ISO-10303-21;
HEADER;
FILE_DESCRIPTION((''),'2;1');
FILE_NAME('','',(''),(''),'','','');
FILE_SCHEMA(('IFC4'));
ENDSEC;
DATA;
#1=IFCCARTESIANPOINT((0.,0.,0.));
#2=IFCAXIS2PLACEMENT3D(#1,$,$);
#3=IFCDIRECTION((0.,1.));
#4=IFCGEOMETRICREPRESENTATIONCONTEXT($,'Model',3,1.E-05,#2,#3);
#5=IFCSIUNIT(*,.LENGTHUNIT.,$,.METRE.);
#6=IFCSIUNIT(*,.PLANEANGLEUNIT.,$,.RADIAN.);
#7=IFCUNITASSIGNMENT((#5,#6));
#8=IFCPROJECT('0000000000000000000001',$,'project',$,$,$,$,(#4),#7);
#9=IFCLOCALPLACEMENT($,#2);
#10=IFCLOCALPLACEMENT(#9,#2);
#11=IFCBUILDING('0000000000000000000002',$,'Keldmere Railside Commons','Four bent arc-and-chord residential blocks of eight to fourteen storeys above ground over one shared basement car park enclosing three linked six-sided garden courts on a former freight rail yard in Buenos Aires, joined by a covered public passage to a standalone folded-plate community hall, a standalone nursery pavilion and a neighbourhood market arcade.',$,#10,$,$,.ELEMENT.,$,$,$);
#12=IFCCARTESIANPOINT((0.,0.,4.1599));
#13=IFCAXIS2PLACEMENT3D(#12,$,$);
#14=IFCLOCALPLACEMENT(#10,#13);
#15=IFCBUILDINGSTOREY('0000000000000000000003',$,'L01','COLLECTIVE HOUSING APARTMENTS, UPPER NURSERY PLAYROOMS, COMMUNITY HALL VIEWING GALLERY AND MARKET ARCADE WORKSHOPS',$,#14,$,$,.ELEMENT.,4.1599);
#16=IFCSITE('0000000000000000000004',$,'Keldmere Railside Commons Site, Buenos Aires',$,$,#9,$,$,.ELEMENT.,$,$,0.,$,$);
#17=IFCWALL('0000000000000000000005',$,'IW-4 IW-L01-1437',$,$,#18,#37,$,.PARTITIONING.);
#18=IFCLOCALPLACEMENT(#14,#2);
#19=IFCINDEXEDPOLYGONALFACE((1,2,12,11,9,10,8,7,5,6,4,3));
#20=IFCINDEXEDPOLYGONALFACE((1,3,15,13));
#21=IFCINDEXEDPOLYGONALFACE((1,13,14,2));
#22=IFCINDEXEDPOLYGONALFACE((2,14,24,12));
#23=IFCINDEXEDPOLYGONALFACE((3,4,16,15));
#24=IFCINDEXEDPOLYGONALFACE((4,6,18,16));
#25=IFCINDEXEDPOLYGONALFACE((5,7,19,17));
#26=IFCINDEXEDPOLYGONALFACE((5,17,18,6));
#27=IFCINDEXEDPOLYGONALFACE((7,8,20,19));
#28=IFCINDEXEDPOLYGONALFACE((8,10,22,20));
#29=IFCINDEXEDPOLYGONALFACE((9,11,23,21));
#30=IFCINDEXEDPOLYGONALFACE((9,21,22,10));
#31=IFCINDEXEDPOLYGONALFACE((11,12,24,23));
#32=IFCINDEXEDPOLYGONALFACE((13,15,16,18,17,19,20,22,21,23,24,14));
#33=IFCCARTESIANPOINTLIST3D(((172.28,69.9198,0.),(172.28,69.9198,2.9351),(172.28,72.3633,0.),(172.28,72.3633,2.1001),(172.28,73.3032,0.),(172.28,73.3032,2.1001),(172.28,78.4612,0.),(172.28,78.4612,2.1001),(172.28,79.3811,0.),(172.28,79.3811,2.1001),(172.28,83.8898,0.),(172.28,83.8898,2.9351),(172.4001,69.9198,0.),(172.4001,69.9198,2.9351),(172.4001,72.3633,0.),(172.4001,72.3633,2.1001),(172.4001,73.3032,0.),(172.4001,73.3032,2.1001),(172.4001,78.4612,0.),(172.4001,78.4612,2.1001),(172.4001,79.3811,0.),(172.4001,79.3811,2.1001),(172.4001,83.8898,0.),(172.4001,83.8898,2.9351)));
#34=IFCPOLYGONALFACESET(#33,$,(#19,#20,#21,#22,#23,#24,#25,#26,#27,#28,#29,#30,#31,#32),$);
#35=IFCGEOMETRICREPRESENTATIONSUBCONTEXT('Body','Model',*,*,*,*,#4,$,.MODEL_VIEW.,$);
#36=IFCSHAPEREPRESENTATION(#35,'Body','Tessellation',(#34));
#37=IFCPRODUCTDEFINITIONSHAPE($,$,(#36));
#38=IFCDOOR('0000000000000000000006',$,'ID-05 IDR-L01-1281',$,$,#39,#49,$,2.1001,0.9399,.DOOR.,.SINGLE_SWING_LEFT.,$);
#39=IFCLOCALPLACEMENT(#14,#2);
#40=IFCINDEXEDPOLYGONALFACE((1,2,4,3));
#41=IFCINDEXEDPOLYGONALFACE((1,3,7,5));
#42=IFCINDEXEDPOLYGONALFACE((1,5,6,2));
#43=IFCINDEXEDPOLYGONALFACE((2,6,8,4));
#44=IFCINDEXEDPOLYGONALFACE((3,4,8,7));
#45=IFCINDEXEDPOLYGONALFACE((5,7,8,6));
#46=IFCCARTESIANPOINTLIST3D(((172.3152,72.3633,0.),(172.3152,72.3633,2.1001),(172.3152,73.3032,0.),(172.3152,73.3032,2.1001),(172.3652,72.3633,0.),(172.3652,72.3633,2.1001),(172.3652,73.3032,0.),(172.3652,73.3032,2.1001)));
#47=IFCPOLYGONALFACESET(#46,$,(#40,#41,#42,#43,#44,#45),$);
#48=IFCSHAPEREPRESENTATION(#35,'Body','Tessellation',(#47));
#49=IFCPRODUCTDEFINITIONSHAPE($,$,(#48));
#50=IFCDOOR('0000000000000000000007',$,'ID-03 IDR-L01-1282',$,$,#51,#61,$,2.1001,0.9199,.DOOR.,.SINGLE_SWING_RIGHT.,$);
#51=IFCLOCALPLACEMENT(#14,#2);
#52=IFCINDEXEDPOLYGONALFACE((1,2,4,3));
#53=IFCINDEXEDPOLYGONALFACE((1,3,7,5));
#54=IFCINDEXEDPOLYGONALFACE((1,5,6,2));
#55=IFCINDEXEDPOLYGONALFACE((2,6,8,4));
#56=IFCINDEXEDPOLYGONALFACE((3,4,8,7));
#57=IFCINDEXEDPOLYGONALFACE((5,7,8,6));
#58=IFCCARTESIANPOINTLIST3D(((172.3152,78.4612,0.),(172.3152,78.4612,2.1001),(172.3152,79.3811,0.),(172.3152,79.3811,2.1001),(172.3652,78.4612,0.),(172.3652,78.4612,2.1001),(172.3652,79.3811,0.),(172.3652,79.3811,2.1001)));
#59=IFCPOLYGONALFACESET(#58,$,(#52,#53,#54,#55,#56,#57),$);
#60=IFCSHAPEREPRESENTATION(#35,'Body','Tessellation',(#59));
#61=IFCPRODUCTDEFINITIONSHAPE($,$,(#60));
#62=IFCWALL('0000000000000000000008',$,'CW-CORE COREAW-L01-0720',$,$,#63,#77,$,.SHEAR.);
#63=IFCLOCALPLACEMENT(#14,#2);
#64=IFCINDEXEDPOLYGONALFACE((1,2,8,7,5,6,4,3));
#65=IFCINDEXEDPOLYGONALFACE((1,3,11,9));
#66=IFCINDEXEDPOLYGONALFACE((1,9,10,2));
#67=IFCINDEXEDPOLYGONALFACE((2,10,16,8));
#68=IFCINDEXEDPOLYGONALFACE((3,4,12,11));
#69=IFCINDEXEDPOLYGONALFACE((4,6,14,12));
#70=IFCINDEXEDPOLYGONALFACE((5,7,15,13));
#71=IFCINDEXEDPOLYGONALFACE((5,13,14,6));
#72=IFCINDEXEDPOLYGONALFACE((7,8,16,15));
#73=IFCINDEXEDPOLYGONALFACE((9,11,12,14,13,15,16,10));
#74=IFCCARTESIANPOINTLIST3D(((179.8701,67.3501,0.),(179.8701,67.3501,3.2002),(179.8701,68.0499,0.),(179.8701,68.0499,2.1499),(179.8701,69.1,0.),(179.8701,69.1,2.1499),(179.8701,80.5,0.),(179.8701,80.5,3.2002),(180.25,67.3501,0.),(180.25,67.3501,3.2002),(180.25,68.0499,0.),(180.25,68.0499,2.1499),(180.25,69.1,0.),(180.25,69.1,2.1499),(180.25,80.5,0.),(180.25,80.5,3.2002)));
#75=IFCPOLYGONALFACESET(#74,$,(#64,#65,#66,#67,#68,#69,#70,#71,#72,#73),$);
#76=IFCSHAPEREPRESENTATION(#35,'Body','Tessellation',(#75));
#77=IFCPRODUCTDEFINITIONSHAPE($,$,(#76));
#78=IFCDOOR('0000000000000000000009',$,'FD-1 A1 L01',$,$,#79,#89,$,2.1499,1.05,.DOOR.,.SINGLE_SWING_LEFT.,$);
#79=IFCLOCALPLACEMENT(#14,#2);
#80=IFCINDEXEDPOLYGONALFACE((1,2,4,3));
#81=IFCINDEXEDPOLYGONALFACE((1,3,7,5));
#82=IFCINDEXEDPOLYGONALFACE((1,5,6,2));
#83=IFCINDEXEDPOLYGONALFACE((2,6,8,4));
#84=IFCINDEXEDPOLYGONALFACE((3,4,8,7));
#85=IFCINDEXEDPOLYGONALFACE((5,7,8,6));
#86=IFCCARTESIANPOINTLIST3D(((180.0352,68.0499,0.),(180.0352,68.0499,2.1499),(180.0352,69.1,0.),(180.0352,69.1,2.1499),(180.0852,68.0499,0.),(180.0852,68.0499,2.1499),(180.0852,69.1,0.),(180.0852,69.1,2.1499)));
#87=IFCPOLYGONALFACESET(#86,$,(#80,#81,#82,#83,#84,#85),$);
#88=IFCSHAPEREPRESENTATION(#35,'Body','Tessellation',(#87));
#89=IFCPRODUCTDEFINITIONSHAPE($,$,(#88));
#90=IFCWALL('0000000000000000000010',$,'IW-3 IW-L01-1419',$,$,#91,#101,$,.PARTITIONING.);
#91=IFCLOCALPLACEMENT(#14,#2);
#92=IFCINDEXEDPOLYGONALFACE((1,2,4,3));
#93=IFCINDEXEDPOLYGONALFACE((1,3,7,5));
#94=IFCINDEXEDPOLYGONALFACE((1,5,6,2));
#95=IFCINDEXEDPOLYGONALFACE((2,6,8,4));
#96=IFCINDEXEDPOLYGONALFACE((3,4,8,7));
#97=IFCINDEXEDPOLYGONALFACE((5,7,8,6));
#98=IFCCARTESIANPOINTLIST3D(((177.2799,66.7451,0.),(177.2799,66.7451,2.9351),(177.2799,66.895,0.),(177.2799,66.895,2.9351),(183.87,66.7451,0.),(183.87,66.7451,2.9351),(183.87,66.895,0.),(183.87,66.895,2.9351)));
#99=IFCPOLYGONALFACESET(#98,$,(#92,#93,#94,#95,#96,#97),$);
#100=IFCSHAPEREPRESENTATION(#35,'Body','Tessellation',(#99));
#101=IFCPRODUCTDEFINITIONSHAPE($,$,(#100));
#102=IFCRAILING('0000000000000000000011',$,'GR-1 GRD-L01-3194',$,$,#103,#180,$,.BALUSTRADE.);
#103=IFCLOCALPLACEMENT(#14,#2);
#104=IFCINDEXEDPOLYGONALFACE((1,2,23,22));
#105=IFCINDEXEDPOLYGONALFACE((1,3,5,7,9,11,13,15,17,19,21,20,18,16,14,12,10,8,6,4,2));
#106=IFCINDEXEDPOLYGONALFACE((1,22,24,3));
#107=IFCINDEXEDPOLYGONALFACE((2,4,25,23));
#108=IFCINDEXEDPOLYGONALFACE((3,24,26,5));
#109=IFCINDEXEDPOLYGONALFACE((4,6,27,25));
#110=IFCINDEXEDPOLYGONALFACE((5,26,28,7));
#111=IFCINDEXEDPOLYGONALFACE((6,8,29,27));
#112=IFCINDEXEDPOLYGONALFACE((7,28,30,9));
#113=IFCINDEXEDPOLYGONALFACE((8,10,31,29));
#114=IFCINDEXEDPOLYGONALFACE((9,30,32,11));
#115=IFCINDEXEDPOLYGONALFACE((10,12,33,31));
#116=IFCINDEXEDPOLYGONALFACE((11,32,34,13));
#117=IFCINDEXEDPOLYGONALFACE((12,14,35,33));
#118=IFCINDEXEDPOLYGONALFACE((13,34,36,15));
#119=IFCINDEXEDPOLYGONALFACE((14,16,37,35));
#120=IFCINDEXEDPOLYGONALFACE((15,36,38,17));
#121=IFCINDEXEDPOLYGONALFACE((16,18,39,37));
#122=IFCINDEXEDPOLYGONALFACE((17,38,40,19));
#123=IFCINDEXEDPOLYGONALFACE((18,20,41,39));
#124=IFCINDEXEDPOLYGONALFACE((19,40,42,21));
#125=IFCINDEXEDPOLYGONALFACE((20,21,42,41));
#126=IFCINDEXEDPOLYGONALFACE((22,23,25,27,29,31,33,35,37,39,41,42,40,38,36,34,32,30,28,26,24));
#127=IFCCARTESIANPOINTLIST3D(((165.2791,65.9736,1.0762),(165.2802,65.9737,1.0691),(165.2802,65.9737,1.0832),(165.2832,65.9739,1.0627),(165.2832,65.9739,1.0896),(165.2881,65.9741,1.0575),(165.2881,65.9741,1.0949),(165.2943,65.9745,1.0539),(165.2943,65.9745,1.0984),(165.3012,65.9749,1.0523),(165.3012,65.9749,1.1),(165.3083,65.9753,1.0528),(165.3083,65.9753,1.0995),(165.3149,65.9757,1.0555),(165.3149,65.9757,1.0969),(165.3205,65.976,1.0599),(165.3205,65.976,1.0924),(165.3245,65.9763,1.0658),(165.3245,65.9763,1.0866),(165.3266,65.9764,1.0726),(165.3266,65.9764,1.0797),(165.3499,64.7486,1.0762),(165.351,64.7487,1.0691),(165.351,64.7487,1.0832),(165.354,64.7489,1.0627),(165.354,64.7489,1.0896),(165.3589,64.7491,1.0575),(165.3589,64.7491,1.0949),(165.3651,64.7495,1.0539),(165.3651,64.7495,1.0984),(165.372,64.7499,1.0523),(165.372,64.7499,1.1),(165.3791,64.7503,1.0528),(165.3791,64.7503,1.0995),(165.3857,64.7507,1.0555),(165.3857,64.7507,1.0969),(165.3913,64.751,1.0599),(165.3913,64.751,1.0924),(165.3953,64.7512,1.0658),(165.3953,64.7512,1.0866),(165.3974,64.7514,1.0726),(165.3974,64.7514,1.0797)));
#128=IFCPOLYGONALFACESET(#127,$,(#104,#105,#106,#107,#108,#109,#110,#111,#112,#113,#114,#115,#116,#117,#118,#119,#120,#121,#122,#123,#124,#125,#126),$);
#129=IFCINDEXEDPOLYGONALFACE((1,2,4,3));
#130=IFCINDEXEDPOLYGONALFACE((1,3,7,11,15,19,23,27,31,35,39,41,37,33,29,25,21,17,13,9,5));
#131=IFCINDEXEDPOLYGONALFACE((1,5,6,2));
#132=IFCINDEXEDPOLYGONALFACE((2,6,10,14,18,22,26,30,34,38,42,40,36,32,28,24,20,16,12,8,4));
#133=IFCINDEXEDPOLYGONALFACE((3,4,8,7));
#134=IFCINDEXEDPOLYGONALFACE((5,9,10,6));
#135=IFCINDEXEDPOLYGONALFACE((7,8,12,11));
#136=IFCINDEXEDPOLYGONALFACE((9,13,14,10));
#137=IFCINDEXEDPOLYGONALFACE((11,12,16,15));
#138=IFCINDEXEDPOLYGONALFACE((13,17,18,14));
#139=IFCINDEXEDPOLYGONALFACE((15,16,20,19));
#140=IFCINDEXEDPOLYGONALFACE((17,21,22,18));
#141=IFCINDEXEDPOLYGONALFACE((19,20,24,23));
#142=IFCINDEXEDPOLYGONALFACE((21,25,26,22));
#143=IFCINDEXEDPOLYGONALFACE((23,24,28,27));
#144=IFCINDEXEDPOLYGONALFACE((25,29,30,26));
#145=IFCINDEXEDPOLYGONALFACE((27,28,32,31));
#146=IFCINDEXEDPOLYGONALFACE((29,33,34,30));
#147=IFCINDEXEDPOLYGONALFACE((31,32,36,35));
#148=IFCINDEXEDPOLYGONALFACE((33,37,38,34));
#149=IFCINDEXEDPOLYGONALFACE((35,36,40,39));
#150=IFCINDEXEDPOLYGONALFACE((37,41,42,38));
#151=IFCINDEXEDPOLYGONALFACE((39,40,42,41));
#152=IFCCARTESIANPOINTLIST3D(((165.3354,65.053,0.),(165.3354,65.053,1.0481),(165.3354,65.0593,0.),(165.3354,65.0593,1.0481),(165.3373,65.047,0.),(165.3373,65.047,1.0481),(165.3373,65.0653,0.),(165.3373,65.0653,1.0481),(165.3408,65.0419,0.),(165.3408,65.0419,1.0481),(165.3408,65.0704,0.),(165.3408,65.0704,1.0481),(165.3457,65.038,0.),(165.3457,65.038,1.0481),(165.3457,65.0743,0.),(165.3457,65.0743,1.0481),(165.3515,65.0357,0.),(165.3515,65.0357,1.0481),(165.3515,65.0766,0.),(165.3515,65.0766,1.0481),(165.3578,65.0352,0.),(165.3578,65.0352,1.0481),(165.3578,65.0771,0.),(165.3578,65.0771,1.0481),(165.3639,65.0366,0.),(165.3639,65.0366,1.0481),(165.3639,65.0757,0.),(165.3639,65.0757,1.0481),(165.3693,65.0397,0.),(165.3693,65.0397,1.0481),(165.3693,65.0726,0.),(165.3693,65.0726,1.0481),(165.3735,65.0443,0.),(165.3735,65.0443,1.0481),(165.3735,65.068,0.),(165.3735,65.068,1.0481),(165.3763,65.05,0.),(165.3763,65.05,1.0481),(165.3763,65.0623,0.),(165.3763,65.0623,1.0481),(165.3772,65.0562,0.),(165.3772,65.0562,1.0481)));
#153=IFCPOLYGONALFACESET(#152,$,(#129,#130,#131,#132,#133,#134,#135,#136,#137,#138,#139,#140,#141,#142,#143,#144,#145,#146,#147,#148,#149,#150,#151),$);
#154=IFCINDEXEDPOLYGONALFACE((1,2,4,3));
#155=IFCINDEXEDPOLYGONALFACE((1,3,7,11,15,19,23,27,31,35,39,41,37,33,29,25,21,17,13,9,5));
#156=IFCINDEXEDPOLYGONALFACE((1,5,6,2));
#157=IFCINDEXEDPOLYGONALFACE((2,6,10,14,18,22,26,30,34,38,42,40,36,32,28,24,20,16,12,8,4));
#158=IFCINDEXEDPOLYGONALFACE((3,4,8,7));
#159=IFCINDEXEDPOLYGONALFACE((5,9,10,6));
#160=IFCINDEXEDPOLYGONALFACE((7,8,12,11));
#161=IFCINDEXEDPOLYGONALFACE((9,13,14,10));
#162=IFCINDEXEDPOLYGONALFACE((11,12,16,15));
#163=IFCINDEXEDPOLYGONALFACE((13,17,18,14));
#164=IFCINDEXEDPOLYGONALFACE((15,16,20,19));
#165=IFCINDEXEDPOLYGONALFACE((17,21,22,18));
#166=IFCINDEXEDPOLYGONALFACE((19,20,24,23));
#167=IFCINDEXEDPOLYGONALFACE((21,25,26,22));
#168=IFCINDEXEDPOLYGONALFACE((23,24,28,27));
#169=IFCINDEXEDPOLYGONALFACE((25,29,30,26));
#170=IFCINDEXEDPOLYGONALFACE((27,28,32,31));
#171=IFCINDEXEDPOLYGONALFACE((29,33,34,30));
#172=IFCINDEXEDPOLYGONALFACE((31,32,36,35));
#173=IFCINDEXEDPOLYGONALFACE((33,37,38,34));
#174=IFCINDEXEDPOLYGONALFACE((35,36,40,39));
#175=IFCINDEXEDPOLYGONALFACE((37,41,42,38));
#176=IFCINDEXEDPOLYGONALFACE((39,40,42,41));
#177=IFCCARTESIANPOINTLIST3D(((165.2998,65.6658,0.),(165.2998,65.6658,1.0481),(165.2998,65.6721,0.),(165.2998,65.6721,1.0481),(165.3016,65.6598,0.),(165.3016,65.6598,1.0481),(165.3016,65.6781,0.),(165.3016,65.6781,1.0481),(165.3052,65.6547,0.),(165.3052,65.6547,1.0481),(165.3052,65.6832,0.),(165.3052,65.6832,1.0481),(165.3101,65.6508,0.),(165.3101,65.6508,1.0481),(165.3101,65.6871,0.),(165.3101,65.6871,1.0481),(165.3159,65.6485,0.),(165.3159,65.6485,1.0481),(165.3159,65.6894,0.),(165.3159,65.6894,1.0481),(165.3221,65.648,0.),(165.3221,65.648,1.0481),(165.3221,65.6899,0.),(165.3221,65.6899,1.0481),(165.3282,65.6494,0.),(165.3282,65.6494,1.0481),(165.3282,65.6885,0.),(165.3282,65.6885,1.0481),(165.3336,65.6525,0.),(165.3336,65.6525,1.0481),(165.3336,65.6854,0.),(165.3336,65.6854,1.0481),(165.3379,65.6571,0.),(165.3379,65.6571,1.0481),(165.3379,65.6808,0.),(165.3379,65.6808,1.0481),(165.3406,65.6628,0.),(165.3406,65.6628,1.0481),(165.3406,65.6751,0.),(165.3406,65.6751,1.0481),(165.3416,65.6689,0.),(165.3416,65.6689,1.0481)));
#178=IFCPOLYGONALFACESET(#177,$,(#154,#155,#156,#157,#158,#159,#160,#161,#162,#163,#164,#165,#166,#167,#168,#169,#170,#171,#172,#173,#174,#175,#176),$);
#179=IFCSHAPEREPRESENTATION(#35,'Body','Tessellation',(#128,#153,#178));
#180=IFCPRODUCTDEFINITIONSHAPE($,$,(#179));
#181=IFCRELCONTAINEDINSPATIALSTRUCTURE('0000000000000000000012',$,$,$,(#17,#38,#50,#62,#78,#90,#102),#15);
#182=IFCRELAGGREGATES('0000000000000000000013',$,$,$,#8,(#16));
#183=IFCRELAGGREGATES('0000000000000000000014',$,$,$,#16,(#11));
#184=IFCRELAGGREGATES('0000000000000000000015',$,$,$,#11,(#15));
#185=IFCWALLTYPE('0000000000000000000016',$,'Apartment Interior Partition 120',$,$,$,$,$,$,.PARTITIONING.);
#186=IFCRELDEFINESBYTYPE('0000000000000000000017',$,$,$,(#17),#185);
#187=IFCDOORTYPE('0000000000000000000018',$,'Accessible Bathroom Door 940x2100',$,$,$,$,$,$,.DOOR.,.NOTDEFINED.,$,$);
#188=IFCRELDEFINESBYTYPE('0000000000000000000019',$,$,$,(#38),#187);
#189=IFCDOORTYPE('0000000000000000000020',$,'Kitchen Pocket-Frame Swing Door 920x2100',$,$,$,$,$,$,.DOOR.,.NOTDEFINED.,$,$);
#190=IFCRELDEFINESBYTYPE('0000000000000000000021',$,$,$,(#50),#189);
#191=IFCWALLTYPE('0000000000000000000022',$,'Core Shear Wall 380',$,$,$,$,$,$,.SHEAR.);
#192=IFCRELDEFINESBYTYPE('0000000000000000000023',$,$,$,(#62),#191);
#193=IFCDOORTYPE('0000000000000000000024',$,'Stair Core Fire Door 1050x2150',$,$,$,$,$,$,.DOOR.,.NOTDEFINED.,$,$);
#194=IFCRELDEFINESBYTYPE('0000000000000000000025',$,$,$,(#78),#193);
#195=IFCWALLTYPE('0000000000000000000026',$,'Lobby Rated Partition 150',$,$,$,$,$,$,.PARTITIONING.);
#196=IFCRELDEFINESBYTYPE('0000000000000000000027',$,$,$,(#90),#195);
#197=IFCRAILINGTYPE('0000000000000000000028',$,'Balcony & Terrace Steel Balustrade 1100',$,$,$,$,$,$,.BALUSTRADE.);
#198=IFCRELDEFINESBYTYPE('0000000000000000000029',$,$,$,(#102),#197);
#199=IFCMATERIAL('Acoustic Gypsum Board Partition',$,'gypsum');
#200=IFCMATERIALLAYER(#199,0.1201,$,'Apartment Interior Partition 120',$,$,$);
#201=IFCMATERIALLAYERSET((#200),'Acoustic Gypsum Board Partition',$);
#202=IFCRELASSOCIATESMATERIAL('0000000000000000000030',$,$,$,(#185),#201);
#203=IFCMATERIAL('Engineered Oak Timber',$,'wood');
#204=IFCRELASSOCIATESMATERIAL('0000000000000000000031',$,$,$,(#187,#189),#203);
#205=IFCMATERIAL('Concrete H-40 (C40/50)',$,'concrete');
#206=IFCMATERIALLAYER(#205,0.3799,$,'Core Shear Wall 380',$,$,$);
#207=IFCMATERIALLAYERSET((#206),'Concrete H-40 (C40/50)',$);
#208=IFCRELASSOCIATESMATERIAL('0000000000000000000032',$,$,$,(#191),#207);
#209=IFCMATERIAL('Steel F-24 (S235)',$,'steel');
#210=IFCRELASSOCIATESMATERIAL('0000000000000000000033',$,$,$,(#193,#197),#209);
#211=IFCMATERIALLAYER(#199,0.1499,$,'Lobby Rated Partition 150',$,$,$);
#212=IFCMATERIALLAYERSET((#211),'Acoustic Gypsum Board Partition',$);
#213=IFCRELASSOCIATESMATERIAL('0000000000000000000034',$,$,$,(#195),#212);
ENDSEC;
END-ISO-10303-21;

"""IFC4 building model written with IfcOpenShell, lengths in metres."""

from ifc_helpers import new_model, si_unit, direction, frame, frame_2d, origin, origin_2d, place, context, subcontext, project, spatial, rectangle, circle, extrude, material, layer, layer_set, type_object, element, fill, save


model = new_model("IFC4")

# Units and contexts
model_context = context("Model", 3, precision=1e-05, world=origin(), true_north=direction((0.0, 1.0)))
body_context = subcontext(model_context, "Body", "Model", "MODEL_VIEW")
ifc_project = project(units=[si_unit("LENGTHUNIT", "METRE"), si_unit("PLANEANGLEUNIT", "RADIAN")], contexts=[model_context])

# Site, building, storey
site_placement = place(None, origin())
site = spatial("IfcSite", under=ifc_project, at=site_placement, Name="Keldmere Railside Commons Site, Buenos Aires", CompositionType="ELEMENT", RefElevation=0.0)
building_placement = place(site_placement, origin())
building = spatial("IfcBuilding", under=site, at=building_placement, Name="Keldmere Railside Commons", Description="Four bent arc-and-chord residential blocks of eight to fourteen storeys above ground over one shared basement car park enclosing three linked six-sided garden courts on a former freight rail yard in Buenos Aires, joined by a covered public passage to a standalone folded-plate community hall, a standalone nursery pavilion and a neighbourhood market arcade.", CompositionType="ELEMENT")
storey_placement = place(building_placement, frame((0.0, 0.0, 4.1599)))
storey = spatial("IfcBuildingStorey", under=building, at=storey_placement, Name="L01", Description="COLLECTIVE HOUSING APARTMENTS, UPPER NURSERY PLAYROOMS, COMMUNITY HALL VIEWING GALLERY AND MARKET ARCADE WORKSHOPS", CompositionType="ELEMENT", Elevation=4.1599)

# Shared definitions
ifc_material_1 = material(Name="Concrete H-40 (C40/50)", Category="concrete")

# Shared definitions
ifc_material_2 = material(Name="Acoustic Gypsum Board Partition", Category="gypsum")

# Shared definitions
ifc_layer_1 = layer(ifc_material_2, 0.1201, Name="Apartment Interior Partition 120")
ifc_layer_set_1 = layer_set([ifc_layer_1], Name="Acoustic Gypsum Board Partition")
wall_type_1 = type_object("IfcWallType", Name="Apartment Interior Partition 120", PredefinedType="PARTITIONING", material=ifc_layer_set_1)
ifc_material_3 = material(Name="Engineered Oak Timber", Category="wood")

# Wall, openings, doors
wall_1_placement = place(storey_placement, frame((172.3401, 69.9199, 0.0), z_axis=(0.0, 0.0, 1.0), x_axis=(0.0, 1.0, 0.0)))
wall_1 = element("IfcWall", 1, at=wall_1_placement, inside=storey, type_object=wall_type_1, Name="IW-4 IW-L01-1437", PredefinedType="PARTITIONING", context=body_context, shape_type="SweptSolid", body=[
    extrude(rectangle(XDim=13.97, YDim=0.1201, at=frame_2d((6.9849, 0.0))), origin(), (0.0, 0.0, 1.0), 2.9351),
])
opening_1_placement = place(wall_1_placement, frame((2.4434, 0.0, 0.0)))
opening_1 = element("IfcOpeningElement", 2, at=opening_1_placement, cuts=wall_1, PredefinedType="OPENING", context=body_context, shape_type="SweptSolid", body=[
    extrude(rectangle(XDim=0.9399, YDim=2.1001, at=frame_2d((0.47, 1.05))), frame((0.0, 0.0701, 0.0), z_axis=(0.0, -1.0, 0.0), x_axis=(1.0, 0.0, 0.0)), (0.0, 0.0, 1.0), 0.1401),
])
opening_2_placement = place(wall_1_placement, frame((8.5413, 0.0, 0.0)))
opening_2 = element("IfcOpeningElement", 3, at=opening_2_placement, cuts=wall_1, PredefinedType="OPENING", context=body_context, shape_type="SweptSolid", body=[
    extrude(rectangle(XDim=0.9199, YDim=2.1001, at=frame_2d((0.46, 1.05))), frame((0.0, 0.0701, 0.0), z_axis=(0.0, -1.0, 0.0), x_axis=(1.0, 0.0, 0.0)), (0.0, 0.0, 1.0), 0.1401),
])
door_type_1 = type_object("IfcDoorType", Name="Accessible Bathroom Door 940x2100", OperationType="NOTDEFINED", PredefinedType="DOOR", material=ifc_material_3)
door_1_placement = place(opening_1_placement, origin())
door_1 = element("IfcDoor", 4, at=door_1_placement, inside=storey, type_object=door_type_1, Name="ID-05 IDR-L01-1281", OperationType="SINGLE_SWING_LEFT", OverallHeight=2.1001, OverallWidth=0.9399, PredefinedType="DOOR", context=body_context, shape_type="SweptSolid", body=[
    extrude(rectangle(XDim=0.9399, YDim=2.1001, at=frame_2d((0.47, 1.05))), frame((0.0, 0.0249, 0.0), z_axis=(0.0, -1.0, 0.0), x_axis=(1.0, 0.0, 0.0)), (0.0, 0.0, 1.0), 0.05),
])
fill(opening_1, door_1)
door_type_2 = type_object("IfcDoorType", Name="Kitchen Pocket-Frame Swing Door 920x2100", OperationType="NOTDEFINED", PredefinedType="DOOR", material=ifc_material_3)
door_2_placement = place(opening_2_placement, origin())
door_2 = element("IfcDoor", 5, at=door_2_placement, inside=storey, type_object=door_type_2, Name="ID-03 IDR-L01-1282", OperationType="SINGLE_SWING_RIGHT", OverallHeight=2.1001, OverallWidth=0.9199, PredefinedType="DOOR", context=body_context, shape_type="SweptSolid", body=[
    extrude(rectangle(XDim=0.9199, YDim=2.1001, at=frame_2d((0.46, 1.05))), frame((0.0, 0.0249, 0.0), z_axis=(0.0, -1.0, 0.0), x_axis=(1.0, 0.0, 0.0)), (0.0, 0.0, 1.0), 0.05),
])
fill(opening_2, door_2)

# Wall, opening, door
ifc_layer_2 = layer(ifc_material_1, 0.3799, Name="Core Shear Wall 380")
ifc_layer_set_2 = layer_set([ifc_layer_2], Name="Concrete H-40 (C40/50)")
wall_type_2 = type_object("IfcWallType", Name="Core Shear Wall 380", PredefinedType="SHEAR", material=ifc_layer_set_2)
wall_2_placement = place(storey_placement, frame((180.0601, 67.3501, 0.0), z_axis=(0.0, 0.0, 1.0), x_axis=(0.0, 1.0, 0.0)))
wall_2 = element("IfcWall", 6, at=wall_2_placement, inside=storey, type_object=wall_type_2, Name="CW-CORE COREAW-L01-0720", PredefinedType="SHEAR", context=body_context, shape_type="SweptSolid", body=[
    extrude(rectangle(XDim=13.1499, YDim=0.3799, at=frame_2d((6.575, 0.0))), origin(), (0.0, 0.0, 1.0), 3.2002),
])
opening_3_placement = place(wall_2_placement, frame((0.7, 0.0, 0.0)))
opening_3 = element("IfcOpeningElement", 7, at=opening_3_placement, cuts=wall_2, PredefinedType="OPENING", context=body_context, shape_type="SweptSolid", body=[
    extrude(rectangle(XDim=1.05, YDim=2.1499, at=frame_2d((0.5249, 1.075))), frame((0.0, 0.2, 0.0), z_axis=(0.0, -1.0, 0.0), x_axis=(1.0, 0.0, 0.0)), (0.0, 0.0, 1.0), 0.3999),
])
ifc_material_4 = material(Name="Steel F-24 (S235)", Category="steel")
door_type_3 = type_object("IfcDoorType", Name="Stair Core Fire Door 1050x2150", OperationType="NOTDEFINED", PredefinedType="DOOR", material=ifc_material_4)
door_3_placement = place(opening_3_placement, origin())
door_3 = element("IfcDoor", 8, at=door_3_placement, inside=storey, type_object=door_type_3, Name="FD-1 A1 L01", OperationType="SINGLE_SWING_LEFT", OverallHeight=2.1499, OverallWidth=1.05, PredefinedType="DOOR", context=body_context, shape_type="SweptSolid", body=[
    extrude(rectangle(XDim=1.05, YDim=2.1499, at=frame_2d((0.5249, 1.075))), frame((0.0, 0.0249, 0.0), z_axis=(0.0, -1.0, 0.0), x_axis=(1.0, 0.0, 0.0)), (0.0, 0.0, 1.0), 0.05),
])
fill(opening_3, door_3)

# Wall
ifc_layer_3 = layer(ifc_material_2, 0.1499, Name="Lobby Rated Partition 150")
ifc_layer_set_3 = layer_set([ifc_layer_3], Name="Acoustic Gypsum Board Partition")
wall_type_3 = type_object("IfcWallType", Name="Lobby Rated Partition 150", PredefinedType="PARTITIONING", material=ifc_layer_set_3)
wall_3_placement = place(storey_placement, frame((177.28, 66.8201, 0.0), z_axis=(0.0, 0.0, 1.0), x_axis=(1.0, 0.0, 0.0)))
element("IfcWall", 9, at=wall_3_placement, inside=storey, type_object=wall_type_3, Name="IW-3 IW-L01-1419", PredefinedType="PARTITIONING", context=body_context, shape_type="SweptSolid", body=[
    extrude(rectangle(XDim=6.5901, YDim=0.1499, at=frame_2d((3.2949, 0.0))), origin(), (0.0, 0.0, 1.0), 2.9351),
])

# Railing
railing_type = type_object("IfcRailingType", Name="Balcony & Terrace Steel Balustrade 1100", PredefinedType="BALUSTRADE", material=ifc_material_4)
railing_1_placement = place(storey_placement, frame((165.3738, 64.75, 0.0)))
element("IfcRailing", 10, at=railing_1_placement, inside=storey, type_object=railing_type, Name="GR-1 GRD-L01-3194", PredefinedType="BALUSTRADE", context=body_context, shape_type="SweptSolid", body=[
    extrude(circle(Radius=0.0239, at=origin_2d()), frame((0.0, 0.0, 1.0762), z_axis=(-0.057696, 0.998334, 0.0), x_axis=(-0.998334, -0.057696, 0.0)), (0.0, 0.0, 1.0), 1.2271),
    extrude(circle(Radius=0.021, at=origin_2d()), frame((-0.0176, 0.3062, 0.0)), (0.0, 0.0, 1.0), 1.0481),
    extrude(circle(Radius=0.021, at=origin_2d()), frame((-0.0532, 0.9189, 0.0)), (0.0, 0.0, 1.0), 1.0481),
])

save(model, "model.ifc")
